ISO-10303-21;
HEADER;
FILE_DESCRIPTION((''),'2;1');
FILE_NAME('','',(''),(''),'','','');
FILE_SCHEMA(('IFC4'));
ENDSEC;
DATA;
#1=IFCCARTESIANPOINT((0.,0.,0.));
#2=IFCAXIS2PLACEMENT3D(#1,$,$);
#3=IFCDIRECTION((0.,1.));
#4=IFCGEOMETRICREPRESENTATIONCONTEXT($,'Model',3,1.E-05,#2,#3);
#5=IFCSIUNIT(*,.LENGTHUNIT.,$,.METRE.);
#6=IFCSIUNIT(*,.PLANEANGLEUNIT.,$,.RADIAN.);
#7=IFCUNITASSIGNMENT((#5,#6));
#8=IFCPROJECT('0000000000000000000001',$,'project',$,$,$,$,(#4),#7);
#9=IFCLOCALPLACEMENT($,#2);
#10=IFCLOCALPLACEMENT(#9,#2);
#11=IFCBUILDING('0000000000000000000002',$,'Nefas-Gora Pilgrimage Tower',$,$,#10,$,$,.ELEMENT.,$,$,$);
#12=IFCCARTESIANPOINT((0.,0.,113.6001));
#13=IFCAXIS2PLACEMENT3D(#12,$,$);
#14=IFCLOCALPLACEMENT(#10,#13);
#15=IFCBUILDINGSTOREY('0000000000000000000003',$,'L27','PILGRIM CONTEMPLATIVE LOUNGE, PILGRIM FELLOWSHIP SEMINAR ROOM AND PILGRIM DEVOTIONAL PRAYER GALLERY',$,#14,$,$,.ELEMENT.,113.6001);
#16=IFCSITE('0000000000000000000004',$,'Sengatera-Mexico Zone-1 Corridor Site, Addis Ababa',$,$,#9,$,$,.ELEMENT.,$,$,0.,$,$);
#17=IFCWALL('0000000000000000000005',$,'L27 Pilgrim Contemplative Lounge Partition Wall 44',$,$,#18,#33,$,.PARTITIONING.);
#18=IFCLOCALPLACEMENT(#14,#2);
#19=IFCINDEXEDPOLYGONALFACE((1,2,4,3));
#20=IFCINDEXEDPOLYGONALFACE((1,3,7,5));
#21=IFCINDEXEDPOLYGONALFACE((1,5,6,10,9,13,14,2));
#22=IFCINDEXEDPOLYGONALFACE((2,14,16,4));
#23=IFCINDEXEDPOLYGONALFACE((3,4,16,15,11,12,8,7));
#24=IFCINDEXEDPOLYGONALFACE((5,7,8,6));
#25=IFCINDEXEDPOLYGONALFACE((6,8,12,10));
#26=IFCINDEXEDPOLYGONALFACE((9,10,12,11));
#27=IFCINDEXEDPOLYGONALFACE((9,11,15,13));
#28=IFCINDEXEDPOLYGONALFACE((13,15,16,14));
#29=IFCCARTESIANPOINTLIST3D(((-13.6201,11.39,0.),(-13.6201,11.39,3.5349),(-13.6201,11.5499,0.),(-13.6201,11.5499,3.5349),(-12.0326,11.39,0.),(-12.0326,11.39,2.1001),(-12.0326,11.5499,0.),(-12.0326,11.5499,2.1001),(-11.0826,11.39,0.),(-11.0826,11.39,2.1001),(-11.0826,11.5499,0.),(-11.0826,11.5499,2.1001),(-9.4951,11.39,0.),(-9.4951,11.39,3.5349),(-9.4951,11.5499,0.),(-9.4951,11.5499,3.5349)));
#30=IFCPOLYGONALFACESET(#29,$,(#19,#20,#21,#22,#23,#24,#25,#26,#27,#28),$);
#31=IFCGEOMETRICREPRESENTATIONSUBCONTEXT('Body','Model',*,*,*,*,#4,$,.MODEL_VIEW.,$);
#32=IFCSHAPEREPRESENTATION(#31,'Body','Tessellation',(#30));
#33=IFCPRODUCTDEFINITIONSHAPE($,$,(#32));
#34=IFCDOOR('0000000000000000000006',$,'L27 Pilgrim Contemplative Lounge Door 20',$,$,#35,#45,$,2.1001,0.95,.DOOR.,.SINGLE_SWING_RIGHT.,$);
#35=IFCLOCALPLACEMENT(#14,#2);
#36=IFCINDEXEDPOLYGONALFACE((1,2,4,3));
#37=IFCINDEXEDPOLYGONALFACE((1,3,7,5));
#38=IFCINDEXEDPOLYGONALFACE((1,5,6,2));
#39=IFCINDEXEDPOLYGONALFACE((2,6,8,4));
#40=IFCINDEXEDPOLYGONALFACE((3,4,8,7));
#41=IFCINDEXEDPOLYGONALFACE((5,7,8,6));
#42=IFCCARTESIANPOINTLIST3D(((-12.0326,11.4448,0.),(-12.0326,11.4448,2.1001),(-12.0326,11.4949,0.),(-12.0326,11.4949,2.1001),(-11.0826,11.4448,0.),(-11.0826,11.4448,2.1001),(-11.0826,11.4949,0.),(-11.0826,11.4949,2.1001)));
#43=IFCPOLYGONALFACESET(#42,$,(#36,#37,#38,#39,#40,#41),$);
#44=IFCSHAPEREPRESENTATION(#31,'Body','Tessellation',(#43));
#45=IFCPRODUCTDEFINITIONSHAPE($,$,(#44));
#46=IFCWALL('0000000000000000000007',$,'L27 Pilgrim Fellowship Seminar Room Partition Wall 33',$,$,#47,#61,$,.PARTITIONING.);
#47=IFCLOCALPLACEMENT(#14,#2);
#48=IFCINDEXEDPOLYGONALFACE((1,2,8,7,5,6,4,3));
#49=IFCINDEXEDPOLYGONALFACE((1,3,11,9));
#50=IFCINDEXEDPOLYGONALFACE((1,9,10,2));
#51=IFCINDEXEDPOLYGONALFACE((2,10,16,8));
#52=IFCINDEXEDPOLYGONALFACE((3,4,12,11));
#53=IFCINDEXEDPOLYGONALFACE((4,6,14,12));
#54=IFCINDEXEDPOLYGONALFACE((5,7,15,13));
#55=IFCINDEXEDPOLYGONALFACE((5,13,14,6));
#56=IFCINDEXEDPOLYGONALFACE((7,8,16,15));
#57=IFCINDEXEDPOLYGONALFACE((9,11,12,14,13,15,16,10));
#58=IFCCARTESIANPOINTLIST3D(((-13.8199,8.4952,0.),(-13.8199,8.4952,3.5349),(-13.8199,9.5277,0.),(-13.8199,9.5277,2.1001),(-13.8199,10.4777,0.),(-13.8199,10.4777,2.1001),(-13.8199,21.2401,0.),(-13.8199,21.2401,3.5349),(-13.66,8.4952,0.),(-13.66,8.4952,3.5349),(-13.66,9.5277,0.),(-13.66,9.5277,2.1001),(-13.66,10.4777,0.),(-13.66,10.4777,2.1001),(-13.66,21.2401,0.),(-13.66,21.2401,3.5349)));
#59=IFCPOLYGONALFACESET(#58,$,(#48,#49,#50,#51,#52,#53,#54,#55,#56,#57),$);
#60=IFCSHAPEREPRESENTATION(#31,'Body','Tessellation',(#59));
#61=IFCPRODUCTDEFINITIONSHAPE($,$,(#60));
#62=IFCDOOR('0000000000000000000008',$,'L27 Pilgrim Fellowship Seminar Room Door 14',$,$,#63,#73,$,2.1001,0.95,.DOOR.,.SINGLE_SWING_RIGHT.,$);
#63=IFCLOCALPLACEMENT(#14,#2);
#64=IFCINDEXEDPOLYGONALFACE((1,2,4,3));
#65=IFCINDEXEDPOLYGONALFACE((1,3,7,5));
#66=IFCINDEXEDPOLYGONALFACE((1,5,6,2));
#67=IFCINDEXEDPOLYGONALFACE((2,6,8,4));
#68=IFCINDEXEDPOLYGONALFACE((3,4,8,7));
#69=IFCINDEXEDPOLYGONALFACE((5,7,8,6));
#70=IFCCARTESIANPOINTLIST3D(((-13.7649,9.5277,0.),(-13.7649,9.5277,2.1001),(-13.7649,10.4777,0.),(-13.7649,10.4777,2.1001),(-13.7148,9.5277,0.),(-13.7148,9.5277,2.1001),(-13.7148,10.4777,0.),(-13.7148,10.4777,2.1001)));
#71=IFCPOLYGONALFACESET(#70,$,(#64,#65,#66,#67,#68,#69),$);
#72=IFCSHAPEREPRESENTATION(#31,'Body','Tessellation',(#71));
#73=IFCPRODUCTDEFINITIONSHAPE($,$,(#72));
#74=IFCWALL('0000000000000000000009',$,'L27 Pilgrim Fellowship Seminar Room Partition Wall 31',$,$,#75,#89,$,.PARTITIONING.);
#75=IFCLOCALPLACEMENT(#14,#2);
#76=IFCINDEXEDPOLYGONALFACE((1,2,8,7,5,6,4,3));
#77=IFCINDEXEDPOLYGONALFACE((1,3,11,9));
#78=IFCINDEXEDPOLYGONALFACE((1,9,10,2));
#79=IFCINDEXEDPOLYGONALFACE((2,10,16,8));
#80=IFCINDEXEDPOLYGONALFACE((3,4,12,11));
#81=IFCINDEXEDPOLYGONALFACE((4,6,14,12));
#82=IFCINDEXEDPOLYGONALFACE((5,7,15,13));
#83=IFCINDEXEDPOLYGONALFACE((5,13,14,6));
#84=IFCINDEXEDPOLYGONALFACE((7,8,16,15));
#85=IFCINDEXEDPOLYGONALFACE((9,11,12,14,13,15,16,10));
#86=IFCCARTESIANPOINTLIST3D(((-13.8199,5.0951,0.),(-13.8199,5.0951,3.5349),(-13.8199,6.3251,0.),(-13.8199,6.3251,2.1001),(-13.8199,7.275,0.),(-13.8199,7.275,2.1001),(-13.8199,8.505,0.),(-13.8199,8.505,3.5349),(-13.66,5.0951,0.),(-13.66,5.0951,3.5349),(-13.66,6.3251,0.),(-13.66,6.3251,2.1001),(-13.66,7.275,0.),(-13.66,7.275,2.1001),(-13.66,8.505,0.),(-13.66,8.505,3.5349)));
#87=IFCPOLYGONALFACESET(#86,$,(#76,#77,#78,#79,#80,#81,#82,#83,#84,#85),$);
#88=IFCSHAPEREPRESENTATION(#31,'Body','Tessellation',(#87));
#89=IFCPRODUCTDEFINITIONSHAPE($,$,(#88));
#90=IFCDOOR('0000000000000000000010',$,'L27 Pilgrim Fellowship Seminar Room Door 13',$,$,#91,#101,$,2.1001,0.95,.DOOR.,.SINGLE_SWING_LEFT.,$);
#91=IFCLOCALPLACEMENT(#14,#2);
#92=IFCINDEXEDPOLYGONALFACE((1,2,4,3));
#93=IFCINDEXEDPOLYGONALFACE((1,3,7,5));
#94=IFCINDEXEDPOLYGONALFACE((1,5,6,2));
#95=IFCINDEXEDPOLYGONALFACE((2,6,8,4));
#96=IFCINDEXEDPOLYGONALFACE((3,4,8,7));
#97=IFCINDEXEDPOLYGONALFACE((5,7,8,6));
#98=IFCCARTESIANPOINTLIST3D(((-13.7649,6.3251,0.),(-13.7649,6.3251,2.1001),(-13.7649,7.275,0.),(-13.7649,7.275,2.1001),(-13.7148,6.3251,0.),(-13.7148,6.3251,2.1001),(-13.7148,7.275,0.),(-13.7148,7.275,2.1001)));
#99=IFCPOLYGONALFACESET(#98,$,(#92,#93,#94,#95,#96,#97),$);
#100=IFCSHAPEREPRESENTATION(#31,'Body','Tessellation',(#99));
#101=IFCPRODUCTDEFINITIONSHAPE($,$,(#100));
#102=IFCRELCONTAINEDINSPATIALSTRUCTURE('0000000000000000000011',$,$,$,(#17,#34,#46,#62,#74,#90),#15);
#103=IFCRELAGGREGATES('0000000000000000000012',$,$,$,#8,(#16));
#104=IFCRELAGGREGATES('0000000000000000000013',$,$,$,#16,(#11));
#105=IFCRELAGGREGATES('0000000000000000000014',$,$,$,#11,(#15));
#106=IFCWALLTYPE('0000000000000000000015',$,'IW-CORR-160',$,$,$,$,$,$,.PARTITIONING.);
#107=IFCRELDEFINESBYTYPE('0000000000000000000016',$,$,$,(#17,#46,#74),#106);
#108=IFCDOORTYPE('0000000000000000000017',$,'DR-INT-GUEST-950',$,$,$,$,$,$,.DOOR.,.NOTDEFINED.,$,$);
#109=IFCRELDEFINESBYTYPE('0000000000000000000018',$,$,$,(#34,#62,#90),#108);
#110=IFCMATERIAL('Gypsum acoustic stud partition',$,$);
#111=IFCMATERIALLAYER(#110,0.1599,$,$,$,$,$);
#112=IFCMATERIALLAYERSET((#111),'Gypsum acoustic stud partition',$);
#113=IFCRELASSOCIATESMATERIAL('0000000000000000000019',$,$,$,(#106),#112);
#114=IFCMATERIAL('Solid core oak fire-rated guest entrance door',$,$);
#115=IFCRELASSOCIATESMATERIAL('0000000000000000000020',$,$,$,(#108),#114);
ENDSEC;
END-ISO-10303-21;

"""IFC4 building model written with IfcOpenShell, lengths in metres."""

from ifc_helpers import new_model, si_unit, direction, frame, frame_2d, origin, place, context, subcontext, project, spatial, rectangle, extrude, source, transform, mapped, material, layer, layer_set, type_object, element, fill, save


model = new_model("IFC4")

# Units and contexts
model_context = context("Model", 3, precision=1e-05, world=origin(), true_north=direction((0.0, 1.0)))
body_context = subcontext(model_context, "Body", "Model", "MODEL_VIEW")
ifc_project = project(units=[si_unit("LENGTHUNIT", "METRE"), si_unit("PLANEANGLEUNIT", "RADIAN")], contexts=[model_context])

# Site, building, storey
site_placement = place(None, origin())
site = spatial("IfcSite", under=ifc_project, at=site_placement, Name="Sengatera-Mexico Zone-1 Corridor Site, Addis Ababa", CompositionType="ELEMENT", RefElevation=0.0)
building_placement = place(site_placement, origin())
building = spatial("IfcBuilding", under=site, at=building_placement, Name="Nefas-Gora Pilgrimage Tower", CompositionType="ELEMENT")
storey_placement = place(building_placement, frame((0.0, 0.0, 113.6001)))
storey = spatial("IfcBuildingStorey", under=building, at=storey_placement, Name="L27", Description="PILGRIM CONTEMPLATIVE LOUNGE, PILGRIM FELLOWSHIP SEMINAR ROOM AND PILGRIM DEVOTIONAL PRAYER GALLERY", CompositionType="ELEMENT", Elevation=113.6001)

# Walls, openings, doors
ifc_material_1 = material(Name="Gypsum acoustic stud partition")
ifc_layer_1 = layer(ifc_material_1, 0.1599)
ifc_layer_set_1 = layer_set([ifc_layer_1], Name="Gypsum acoustic stud partition")
wall_type_1 = type_object("IfcWallType", Name="IW-CORR-160", PredefinedType="PARTITIONING", material=ifc_layer_set_1)
shared_shape_1 = source(origin(), body_context, "Body", "SweptSolid", [
    extrude(rectangle(XDim=4.125, YDim=0.1599, at=frame_2d((2.0625, 0.0))), origin(), (0.0, 0.0, 1.0), 3.5349),
])
wall_1_placement = place(storey_placement, frame((-13.6201, 11.47, 0.0), z_axis=(0.0, 0.0, 1.0), x_axis=(1.0, 0.0, 0.0)))
wall_1 = element("IfcWall", 1, at=wall_1_placement, inside=storey, type_object=wall_type_1, Name="L27 Pilgrim Contemplative Lounge Partition Wall 44", PredefinedType="PARTITIONING", context=body_context, shape_type="MappedRepresentation", body=[
    mapped(shared_shape_1, transform((0.0, 0.0, 0.0), x_axis=(1.0, 0.0, 0.0), y_axis=(0.0, 1.0, 0.0), z_axis=(0.0, 0.0, 1.0), scale=1.0)),
])
opening_1_placement = place(wall_1_placement, frame((1.5874, 0.0, 0.0)))
opening_1 = element("IfcOpeningElement", 2, at=opening_1_placement, cuts=wall_1, PredefinedType="OPENING", context=body_context, shape_type="SweptSolid", body=[
    extrude(rectangle(XDim=0.95, YDim=2.1001, at=frame_2d((0.4751, 1.05))), frame((0.0, 0.0898, 0.0), z_axis=(0.0, -1.0, 0.0), x_axis=(1.0, 0.0, 0.0)), (0.0, 0.0, 1.0), 0.1799),
])
ifc_material_2 = material(Name="Solid core oak fire-rated guest entrance door")
door_type = type_object("IfcDoorType", Name="DR-INT-GUEST-950", OperationType="NOTDEFINED", PredefinedType="DOOR", material=ifc_material_2)
shared_shape_2 = source(origin(), body_context, "Body", "SweptSolid", [
    extrude(rectangle(XDim=0.95, YDim=2.1001, at=frame_2d((0.4751, 1.05))), frame((0.0, 0.0249, 0.0), z_axis=(0.0, -1.0, 0.0), x_axis=(1.0, 0.0, 0.0)), (0.0, 0.0, 1.0), 0.05),
])
door_1_placement = place(opening_1_placement, origin())
door_1 = element("IfcDoor", 3, at=door_1_placement, inside=storey, type_object=door_type, Name="L27 Pilgrim Contemplative Lounge Door 20", OperationType="SINGLE_SWING_RIGHT", OverallHeight=2.1001, OverallWidth=0.95, PredefinedType="DOOR", context=body_context, shape_type="MappedRepresentation", body=[
    mapped(shared_shape_2, transform((0.0, 0.0, 0.0), x_axis=(1.0, 0.0, 0.0), y_axis=(0.0, 1.0, 0.0), z_axis=(0.0, 0.0, 1.0), scale=1.0)),
])
fill(opening_1, door_1)
shared_shape_3 = source(origin(), body_context, "Body", "SweptSolid", [
    extrude(rectangle(XDim=12.7449, YDim=0.1599, at=frame_2d((6.3726, 0.0))), origin(), (0.0, 0.0, 1.0), 3.5349),
])
wall_2_placement = place(storey_placement, frame((-13.74, 8.4951, 0.0), z_axis=(0.0, 0.0, 1.0), x_axis=(0.0, 1.0, 0.0)))
wall_2 = element("IfcWall", 4, at=wall_2_placement, inside=storey, type_object=wall_type_1, Name="L27 Pilgrim Fellowship Seminar Room Partition Wall 33", PredefinedType="PARTITIONING", context=body_context, shape_type="MappedRepresentation", body=[
    mapped(shared_shape_3, transform((0.0, 0.0, 0.0), x_axis=(1.0, 0.0, 0.0), y_axis=(0.0, 1.0, 0.0), z_axis=(0.0, 0.0, 1.0), scale=1.0)),
])
opening_2_placement = place(wall_2_placement, frame((1.0325, 0.0, 0.0)))
opening_2 = element("IfcOpeningElement", 5, at=opening_2_placement, cuts=wall_2, PredefinedType="OPENING", context=body_context, shape_type="SweptSolid", body=[
    extrude(rectangle(XDim=0.95, YDim=2.1001, at=frame_2d((0.4751, 1.05))), frame((0.0, 0.0898, 0.0), z_axis=(0.0, -1.0, 0.0), x_axis=(1.0, 0.0, 0.0)), (0.0, 0.0, 1.0), 0.1799),
])
door_2_placement = place(opening_2_placement, origin())
door_2 = element("IfcDoor", 6, at=door_2_placement, inside=storey, type_object=door_type, Name="L27 Pilgrim Fellowship Seminar Room Door 14", OperationType="SINGLE_SWING_RIGHT", OverallHeight=2.1001, OverallWidth=0.95, PredefinedType="DOOR", context=body_context, shape_type="MappedRepresentation", body=[
    mapped(shared_shape_2, transform((0.0, 0.0, 0.0), x_axis=(1.0, 0.0, 0.0), y_axis=(0.0, 1.0, 0.0), z_axis=(0.0, 0.0, 1.0), scale=1.0)),
])
fill(opening_2, door_2)
shared_shape_4 = source(origin(), body_context, "Body", "SweptSolid", [
    extrude(rectangle(XDim=3.4099, YDim=0.1599, at=frame_2d((1.7051, 0.0))), origin(), (0.0, 0.0, 1.0), 3.5349),
])
wall_3_placement = place(storey_placement, frame((-13.74, 5.095, 0.0), z_axis=(0.0, 0.0, 1.0), x_axis=(0.0, 1.0, 0.0)))
wall_3 = element("IfcWall", 7, at=wall_3_placement, inside=storey, type_object=wall_type_1, Name="L27 Pilgrim Fellowship Seminar Room Partition Wall 31", PredefinedType="PARTITIONING", context=body_context, shape_type="MappedRepresentation", body=[
    mapped(shared_shape_4, transform((0.0, 0.0, 0.0), x_axis=(1.0, 0.0, 0.0), y_axis=(0.0, 1.0, 0.0), z_axis=(0.0, 0.0, 1.0), scale=1.0)),
])
opening_3_placement = place(wall_3_placement, frame((1.23, 0.0, 0.0)))
opening_3 = element("IfcOpeningElement", 8, at=opening_3_placement, cuts=wall_3, PredefinedType="OPENING", context=body_context, shape_type="SweptSolid", body=[
    extrude(rectangle(XDim=0.95, YDim=2.1001, at=frame_2d((0.4751, 1.05))), frame((0.0, 0.0898, 0.0), z_axis=(0.0, -1.0, 0.0), x_axis=(1.0, 0.0, 0.0)), (0.0, 0.0, 1.0), 0.1799),
])
door_3_placement = place(opening_3_placement, origin())
door_3 = element("IfcDoor", 9, at=door_3_placement, inside=storey, type_object=door_type, Name="L27 Pilgrim Fellowship Seminar Room Door 13", OperationType="SINGLE_SWING_LEFT", OverallHeight=2.1001, OverallWidth=0.95, PredefinedType="DOOR", context=body_context, shape_type="MappedRepresentation", body=[
    mapped(shared_shape_2, transform((0.0, 0.0, 0.0), x_axis=(1.0, 0.0, 0.0), y_axis=(0.0, 1.0, 0.0), z_axis=(0.0, 0.0, 1.0), scale=1.0)),
])
fill(opening_3, door_3)

save(model, "model.ifc")
